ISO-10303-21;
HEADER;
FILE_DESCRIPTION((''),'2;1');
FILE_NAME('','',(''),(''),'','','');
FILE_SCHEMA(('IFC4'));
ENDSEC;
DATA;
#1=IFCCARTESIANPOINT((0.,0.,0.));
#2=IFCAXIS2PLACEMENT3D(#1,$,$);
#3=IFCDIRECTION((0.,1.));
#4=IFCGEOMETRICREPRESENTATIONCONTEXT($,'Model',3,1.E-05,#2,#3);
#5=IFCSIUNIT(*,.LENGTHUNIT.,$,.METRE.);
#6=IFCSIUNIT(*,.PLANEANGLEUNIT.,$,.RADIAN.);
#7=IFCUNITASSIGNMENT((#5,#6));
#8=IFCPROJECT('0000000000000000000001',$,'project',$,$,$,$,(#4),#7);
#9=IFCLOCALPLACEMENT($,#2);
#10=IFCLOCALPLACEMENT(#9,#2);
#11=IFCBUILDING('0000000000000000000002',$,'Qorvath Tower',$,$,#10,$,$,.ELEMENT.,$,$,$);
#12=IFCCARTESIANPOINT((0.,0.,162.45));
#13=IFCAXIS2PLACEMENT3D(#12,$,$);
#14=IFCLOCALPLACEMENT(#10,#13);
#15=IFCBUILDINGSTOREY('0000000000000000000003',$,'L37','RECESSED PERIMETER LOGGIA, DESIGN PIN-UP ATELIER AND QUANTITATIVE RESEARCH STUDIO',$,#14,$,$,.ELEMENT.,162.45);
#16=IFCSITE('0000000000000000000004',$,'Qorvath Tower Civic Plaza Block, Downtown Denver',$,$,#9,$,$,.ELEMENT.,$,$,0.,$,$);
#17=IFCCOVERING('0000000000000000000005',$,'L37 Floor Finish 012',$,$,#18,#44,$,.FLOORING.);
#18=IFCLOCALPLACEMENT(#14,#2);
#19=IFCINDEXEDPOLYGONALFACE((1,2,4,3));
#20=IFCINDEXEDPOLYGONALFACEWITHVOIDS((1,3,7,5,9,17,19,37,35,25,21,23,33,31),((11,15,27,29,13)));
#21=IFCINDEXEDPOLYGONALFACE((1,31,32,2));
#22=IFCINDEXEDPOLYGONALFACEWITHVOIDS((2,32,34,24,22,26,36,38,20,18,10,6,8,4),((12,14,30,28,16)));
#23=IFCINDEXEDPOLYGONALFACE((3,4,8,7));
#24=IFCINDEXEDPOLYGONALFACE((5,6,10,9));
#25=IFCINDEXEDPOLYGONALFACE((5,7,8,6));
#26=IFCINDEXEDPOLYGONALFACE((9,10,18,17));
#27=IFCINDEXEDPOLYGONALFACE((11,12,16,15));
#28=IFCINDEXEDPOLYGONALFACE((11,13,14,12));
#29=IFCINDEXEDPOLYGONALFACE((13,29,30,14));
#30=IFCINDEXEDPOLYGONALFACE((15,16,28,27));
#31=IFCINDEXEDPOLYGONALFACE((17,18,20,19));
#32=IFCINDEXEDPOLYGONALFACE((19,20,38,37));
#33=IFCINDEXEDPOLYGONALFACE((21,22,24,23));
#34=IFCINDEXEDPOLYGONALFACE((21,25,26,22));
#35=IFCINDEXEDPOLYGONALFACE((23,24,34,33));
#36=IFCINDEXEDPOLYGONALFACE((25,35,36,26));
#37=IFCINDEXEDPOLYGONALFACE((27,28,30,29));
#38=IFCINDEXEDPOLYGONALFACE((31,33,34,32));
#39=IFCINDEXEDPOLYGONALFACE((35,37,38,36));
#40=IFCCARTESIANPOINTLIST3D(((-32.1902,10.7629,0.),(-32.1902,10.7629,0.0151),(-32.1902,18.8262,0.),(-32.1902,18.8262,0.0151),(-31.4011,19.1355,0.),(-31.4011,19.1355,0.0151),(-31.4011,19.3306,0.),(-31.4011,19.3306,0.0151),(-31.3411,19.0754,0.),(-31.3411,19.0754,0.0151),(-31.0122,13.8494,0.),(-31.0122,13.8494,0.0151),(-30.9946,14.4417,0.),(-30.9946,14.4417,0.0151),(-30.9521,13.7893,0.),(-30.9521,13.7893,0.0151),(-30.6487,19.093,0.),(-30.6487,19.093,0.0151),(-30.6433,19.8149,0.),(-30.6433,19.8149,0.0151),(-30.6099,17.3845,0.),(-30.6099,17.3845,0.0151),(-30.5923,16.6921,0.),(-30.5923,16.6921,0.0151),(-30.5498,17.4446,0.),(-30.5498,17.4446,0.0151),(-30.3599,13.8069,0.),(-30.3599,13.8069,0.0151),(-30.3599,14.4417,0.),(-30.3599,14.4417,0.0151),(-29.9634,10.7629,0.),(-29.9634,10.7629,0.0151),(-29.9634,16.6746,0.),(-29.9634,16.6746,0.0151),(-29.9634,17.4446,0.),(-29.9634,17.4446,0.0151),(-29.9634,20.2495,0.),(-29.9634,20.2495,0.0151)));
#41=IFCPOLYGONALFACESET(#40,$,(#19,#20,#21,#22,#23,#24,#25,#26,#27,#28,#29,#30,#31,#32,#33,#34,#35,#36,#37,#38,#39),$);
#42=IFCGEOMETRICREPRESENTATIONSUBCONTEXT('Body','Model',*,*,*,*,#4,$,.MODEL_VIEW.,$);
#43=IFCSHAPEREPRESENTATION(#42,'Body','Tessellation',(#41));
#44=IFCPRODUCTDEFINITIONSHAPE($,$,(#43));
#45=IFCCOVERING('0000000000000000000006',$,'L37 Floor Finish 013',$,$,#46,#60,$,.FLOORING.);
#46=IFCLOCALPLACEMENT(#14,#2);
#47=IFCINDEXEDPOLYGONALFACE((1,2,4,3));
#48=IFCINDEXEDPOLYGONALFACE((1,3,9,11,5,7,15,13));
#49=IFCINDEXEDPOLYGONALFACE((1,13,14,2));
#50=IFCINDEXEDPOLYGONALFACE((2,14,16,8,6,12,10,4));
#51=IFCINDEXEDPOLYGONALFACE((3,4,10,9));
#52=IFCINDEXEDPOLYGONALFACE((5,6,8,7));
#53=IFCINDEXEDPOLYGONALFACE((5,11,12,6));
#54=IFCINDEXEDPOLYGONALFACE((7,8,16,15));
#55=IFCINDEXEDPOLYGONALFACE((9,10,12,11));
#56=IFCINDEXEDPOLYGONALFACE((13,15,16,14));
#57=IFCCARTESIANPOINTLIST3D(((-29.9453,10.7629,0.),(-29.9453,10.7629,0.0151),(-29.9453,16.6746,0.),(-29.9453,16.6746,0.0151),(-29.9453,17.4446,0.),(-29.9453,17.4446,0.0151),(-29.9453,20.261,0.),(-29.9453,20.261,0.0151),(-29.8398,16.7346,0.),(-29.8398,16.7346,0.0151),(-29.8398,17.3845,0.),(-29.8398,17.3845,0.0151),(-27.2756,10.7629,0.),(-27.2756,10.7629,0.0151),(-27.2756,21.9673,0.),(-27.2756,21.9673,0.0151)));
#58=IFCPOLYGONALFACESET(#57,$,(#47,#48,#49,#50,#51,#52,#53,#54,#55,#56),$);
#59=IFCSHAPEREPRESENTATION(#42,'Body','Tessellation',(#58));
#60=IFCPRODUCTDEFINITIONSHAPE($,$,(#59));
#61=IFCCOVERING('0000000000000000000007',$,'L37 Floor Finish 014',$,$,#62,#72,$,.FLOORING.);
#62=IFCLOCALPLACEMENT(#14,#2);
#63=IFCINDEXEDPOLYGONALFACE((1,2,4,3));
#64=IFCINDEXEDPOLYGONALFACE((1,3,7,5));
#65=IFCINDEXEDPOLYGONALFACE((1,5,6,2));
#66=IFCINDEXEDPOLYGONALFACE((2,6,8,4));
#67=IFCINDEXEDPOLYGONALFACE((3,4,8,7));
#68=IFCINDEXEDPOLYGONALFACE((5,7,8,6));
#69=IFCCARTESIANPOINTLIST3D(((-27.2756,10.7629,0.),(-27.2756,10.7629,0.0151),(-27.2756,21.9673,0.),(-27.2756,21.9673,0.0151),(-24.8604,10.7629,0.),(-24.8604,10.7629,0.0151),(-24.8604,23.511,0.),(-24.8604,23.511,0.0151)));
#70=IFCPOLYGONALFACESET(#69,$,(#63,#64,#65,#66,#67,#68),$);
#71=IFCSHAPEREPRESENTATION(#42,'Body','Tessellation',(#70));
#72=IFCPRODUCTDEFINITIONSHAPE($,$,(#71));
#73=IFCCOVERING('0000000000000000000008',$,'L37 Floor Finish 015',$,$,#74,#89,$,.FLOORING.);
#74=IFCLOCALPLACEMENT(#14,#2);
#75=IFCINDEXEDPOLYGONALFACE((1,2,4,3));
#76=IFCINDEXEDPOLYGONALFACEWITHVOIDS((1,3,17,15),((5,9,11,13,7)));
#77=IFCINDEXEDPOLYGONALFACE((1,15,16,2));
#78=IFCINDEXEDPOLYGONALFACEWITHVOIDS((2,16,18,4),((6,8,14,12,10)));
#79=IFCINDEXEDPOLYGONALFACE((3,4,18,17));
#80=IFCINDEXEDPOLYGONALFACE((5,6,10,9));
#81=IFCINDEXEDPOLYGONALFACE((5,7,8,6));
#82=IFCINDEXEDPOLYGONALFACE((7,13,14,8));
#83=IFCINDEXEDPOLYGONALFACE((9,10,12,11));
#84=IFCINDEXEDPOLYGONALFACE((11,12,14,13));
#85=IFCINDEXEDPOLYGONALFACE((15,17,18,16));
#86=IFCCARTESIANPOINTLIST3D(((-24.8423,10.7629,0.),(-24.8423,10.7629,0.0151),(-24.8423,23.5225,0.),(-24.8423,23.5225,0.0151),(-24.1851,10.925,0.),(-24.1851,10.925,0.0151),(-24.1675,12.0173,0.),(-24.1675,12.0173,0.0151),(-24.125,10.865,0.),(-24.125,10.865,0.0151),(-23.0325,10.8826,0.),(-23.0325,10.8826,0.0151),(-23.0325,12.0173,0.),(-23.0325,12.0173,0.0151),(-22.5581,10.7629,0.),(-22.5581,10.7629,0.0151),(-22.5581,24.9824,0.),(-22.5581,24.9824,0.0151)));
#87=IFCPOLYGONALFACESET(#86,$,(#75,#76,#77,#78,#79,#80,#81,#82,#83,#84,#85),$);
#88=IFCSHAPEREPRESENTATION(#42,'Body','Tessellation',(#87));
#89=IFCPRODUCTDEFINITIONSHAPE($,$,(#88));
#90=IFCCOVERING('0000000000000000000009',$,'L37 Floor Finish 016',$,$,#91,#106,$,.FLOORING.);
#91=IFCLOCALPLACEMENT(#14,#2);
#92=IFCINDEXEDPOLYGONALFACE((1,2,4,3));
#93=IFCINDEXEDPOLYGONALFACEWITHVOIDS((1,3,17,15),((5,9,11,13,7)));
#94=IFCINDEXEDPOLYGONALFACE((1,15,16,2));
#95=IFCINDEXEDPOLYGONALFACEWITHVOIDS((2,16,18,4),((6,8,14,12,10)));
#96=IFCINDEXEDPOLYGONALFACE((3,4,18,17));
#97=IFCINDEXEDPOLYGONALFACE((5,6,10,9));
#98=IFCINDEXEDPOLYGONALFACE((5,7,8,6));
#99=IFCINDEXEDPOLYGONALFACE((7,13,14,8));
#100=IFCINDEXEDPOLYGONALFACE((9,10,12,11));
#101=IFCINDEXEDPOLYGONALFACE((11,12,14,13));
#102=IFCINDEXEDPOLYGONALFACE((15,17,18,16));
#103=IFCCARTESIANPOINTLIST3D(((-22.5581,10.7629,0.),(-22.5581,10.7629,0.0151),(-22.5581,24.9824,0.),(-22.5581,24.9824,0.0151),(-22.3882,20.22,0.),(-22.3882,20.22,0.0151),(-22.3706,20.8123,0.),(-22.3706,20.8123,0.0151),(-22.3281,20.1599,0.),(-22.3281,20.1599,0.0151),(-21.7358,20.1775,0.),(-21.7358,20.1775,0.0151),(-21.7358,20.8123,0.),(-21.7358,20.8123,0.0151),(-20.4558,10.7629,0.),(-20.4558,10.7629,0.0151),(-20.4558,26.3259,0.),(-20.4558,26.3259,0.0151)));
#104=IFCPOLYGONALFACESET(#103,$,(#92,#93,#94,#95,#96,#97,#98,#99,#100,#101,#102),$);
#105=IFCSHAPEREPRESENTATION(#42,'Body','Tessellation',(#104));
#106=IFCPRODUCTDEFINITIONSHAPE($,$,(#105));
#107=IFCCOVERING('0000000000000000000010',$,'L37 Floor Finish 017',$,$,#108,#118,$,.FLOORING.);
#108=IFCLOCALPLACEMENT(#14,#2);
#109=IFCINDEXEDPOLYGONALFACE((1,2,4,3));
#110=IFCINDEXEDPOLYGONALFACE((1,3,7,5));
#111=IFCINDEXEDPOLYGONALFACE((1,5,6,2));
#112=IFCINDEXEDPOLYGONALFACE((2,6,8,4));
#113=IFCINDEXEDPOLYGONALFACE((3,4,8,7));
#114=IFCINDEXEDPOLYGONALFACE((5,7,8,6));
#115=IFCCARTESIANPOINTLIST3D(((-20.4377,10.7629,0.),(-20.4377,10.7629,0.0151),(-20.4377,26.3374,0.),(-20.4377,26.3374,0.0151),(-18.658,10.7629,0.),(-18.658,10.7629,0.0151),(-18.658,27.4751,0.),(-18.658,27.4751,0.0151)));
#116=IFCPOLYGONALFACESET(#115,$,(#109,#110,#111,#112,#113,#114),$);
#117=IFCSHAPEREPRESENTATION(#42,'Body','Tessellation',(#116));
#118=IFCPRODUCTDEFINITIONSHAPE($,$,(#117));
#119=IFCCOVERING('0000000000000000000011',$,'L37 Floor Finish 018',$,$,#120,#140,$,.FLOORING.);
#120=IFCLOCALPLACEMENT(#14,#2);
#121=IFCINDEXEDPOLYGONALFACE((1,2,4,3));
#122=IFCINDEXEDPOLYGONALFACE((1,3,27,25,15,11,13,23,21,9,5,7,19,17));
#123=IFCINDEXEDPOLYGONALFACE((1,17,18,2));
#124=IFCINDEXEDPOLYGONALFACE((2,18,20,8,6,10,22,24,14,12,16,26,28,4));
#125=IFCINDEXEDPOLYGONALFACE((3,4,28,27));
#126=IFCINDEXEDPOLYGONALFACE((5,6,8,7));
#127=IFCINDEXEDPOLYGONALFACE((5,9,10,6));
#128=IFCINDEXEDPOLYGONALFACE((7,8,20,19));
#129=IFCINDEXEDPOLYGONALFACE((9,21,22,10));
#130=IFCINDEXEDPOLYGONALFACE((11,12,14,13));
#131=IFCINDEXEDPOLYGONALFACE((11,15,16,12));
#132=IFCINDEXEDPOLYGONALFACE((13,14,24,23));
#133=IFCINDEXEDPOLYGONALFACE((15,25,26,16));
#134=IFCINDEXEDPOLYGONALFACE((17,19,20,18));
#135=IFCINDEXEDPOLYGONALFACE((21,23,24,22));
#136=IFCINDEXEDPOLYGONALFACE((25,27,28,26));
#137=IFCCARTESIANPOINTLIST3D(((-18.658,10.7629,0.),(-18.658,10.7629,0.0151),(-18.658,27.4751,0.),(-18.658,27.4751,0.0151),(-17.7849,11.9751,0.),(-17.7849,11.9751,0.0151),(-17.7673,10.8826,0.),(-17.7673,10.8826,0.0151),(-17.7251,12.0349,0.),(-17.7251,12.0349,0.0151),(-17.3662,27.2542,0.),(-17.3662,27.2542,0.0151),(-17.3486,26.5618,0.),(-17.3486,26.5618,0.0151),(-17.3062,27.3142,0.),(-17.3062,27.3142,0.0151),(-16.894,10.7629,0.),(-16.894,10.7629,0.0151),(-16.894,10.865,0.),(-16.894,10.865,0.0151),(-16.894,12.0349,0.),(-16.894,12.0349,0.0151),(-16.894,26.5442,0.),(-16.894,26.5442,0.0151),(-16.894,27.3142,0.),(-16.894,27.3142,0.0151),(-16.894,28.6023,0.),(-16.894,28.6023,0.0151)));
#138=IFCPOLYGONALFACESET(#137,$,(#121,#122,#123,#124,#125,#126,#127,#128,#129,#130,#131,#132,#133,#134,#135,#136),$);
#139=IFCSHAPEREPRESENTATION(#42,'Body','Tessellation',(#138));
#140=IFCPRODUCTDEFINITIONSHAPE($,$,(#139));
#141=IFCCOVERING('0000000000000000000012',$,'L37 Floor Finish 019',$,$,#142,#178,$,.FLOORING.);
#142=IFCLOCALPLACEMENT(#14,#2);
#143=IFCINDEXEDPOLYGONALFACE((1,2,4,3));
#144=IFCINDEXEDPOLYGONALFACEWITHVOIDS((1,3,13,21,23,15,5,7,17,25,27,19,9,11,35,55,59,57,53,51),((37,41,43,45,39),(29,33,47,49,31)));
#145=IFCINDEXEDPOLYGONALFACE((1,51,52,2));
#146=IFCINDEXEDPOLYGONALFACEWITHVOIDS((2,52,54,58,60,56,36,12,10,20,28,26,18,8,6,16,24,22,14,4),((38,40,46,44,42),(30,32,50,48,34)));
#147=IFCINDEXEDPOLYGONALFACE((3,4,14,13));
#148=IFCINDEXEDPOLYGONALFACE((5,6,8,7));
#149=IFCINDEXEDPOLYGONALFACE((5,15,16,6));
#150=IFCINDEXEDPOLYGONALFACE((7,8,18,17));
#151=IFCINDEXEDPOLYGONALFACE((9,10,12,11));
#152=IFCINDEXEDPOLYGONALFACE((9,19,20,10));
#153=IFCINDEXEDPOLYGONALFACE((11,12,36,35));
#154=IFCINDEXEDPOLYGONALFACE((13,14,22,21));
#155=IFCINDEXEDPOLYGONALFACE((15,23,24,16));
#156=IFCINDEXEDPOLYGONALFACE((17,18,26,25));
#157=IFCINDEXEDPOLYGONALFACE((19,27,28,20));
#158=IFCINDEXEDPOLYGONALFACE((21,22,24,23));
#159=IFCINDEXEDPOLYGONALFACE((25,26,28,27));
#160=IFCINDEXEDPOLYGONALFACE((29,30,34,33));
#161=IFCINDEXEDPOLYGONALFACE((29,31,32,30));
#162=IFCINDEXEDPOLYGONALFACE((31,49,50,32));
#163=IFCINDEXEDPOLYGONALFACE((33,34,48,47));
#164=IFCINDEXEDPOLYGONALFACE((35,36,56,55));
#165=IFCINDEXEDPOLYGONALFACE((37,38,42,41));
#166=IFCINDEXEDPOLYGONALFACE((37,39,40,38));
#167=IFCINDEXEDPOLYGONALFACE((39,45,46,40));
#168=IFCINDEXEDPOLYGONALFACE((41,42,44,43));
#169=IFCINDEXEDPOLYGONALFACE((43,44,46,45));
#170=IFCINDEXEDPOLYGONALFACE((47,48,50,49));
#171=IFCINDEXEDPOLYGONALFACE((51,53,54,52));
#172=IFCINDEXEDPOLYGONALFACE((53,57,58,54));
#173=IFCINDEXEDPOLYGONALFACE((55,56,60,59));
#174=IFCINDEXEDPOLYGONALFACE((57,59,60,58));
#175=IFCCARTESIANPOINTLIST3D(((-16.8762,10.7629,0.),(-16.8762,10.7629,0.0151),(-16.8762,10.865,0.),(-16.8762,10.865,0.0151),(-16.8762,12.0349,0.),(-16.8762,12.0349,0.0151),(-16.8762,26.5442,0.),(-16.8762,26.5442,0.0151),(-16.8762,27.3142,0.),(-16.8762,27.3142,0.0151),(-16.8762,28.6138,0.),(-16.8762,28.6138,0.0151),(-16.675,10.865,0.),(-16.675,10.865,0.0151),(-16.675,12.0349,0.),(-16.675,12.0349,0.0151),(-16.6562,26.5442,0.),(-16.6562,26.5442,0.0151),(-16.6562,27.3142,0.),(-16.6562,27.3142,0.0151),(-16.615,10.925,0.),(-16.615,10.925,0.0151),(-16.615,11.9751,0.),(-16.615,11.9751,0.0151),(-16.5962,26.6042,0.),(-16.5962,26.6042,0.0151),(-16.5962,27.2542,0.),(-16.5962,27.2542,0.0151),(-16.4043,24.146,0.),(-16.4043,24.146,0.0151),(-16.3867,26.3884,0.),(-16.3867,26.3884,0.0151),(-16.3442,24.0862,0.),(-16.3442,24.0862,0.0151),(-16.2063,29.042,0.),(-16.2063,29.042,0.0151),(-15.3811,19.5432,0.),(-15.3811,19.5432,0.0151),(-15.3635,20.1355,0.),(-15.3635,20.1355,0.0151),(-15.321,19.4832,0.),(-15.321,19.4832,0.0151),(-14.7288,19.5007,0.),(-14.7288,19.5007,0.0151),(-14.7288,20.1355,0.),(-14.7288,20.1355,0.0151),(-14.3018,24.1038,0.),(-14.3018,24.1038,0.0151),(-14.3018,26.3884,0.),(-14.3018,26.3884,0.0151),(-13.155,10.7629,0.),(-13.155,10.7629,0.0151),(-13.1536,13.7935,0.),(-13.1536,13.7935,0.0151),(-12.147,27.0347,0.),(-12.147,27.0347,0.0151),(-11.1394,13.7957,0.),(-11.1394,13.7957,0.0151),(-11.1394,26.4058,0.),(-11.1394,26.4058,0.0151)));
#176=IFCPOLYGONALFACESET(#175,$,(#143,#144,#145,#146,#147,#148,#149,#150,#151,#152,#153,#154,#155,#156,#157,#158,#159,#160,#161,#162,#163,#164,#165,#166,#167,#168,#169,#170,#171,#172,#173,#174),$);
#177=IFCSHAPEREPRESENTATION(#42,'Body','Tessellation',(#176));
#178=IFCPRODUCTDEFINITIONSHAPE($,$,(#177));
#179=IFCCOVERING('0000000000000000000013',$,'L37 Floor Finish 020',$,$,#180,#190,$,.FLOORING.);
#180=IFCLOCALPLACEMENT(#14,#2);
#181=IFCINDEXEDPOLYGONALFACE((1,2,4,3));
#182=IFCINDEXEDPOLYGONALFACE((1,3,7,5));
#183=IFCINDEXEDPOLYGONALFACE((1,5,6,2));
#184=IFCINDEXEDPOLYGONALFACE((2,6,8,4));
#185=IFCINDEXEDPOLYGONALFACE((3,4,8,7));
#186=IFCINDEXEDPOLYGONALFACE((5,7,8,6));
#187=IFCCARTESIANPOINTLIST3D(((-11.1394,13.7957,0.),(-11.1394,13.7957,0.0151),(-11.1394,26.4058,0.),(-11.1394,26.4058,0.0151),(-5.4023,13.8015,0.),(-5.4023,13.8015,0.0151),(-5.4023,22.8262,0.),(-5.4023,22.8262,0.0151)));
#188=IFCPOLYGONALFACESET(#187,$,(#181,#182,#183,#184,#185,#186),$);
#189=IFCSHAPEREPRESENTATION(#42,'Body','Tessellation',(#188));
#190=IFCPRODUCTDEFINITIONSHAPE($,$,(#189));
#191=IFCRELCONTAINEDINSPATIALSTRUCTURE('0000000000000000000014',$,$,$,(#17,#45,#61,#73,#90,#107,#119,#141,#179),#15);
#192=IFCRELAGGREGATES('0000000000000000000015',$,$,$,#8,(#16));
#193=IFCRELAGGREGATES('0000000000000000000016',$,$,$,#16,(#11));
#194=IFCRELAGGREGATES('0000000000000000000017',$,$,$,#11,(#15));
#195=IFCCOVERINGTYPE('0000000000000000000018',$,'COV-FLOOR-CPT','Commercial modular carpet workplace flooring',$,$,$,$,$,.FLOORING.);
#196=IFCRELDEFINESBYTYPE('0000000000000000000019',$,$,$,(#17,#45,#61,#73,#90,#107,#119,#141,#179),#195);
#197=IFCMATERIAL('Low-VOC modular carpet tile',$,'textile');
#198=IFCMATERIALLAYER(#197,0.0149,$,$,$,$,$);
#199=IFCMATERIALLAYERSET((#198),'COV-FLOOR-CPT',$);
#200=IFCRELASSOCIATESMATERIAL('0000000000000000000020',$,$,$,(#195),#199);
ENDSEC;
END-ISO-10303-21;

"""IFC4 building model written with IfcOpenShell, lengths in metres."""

from ifc_helpers import new_model, si_unit, direction, frame, origin, place, context, subcontext, project, spatial, polyline, outline, extrude, material, layer, layer_set, type_object, element, save


model = new_model("IFC4")

# Units and contexts
model_context = context("Model", 3, precision=1e-05, world=origin(), true_north=direction((0.0, 1.0)))
body_context = subcontext(model_context, "Body", "Model", "MODEL_VIEW")
ifc_project = project(units=[si_unit("LENGTHUNIT", "METRE"), si_unit("PLANEANGLEUNIT", "RADIAN")], contexts=[model_context])

# Site, building, storey
site_placement = place(None, origin())
site = spatial("IfcSite", under=ifc_project, at=site_placement, Name="Qorvath Tower Civic Plaza Block, Downtown Denver", CompositionType="ELEMENT", RefElevation=0.0)
building_placement = place(site_placement, origin())
building = spatial("IfcBuilding", under=site, at=building_placement, Name="Qorvath Tower", CompositionType="ELEMENT")
storey_placement = place(building_placement, frame((0.0, 0.0, 162.45)))
storey = spatial("IfcBuildingStorey", under=building, at=storey_placement, Name="L37", Description="RECESSED PERIMETER LOGGIA, DESIGN PIN-UP ATELIER AND QUANTITATIVE RESEARCH STUDIO", CompositionType="ELEMENT", Elevation=162.45)

# Coverings
ifc_material_1 = material(Name="Low-VOC modular carpet tile", Category="textile")
ifc_layer_1 = layer(ifc_material_1, 0.0149)
ifc_layer_set_1 = layer_set([ifc_layer_1], Name="COV-FLOOR-CPT")
covering_type_1 = type_object("IfcCoveringType", Name="COV-FLOOR-CPT", Description="Commercial modular carpet workplace flooring", PredefinedType="FLOORING", material=ifc_layer_set_1)
covering_1_placement = place(storey_placement, origin())
element("IfcCovering", 1, at=covering_1_placement, inside=storey, type_object=covering_type_1, Name="L37 Floor Finish 012", PredefinedType="FLOORING", context=body_context, shape_type="SweptSolid", body=[
    extrude(outline(polyline([(-29.9634, 17.4446), (-29.9634, 20.2495), (-30.6433, 19.8149), (-30.6487, 19.093), (-31.3411, 19.0754), (-31.4011, 19.1355), (-31.4011, 19.3306), (-32.1902, 18.8262), (-32.1902, 10.7629), (-29.9634, 10.7629), (-29.9634, 16.6746), (-30.5923, 16.6921), (-30.6099, 17.3845), (-30.5498, 17.4446), (-29.9634, 17.4446)]), holes=[polyline([(-31.0122, 13.8494), (-30.9946, 14.4417), (-30.3599, 14.4417), (-30.3599, 13.8069), (-30.9521, 13.7893), (-31.0122, 13.8494)])]), origin(), (0.0, 0.0, 1.0), 0.0151),
])
covering_2_placement = place(storey_placement, origin())
element("IfcCovering", 2, at=covering_2_placement, inside=storey, type_object=covering_type_1, Name="L37 Floor Finish 013", PredefinedType="FLOORING", context=body_context, shape_type="SweptSolid", body=[
    extrude(outline(polyline([(-29.9453, 16.6746), (-29.9453, 10.7629), (-27.2756, 10.7629), (-27.2756, 21.9673), (-29.9453, 20.261), (-29.9453, 17.4446), (-29.8398, 17.3845), (-29.8398, 16.7346), (-29.9453, 16.6746)])), origin(), (0.0, 0.0, 1.0), 0.0151),
])
covering_3_placement = place(storey_placement, origin())
element("IfcCovering", 3, at=covering_3_placement, inside=storey, type_object=covering_type_1, Name="L37 Floor Finish 014", PredefinedType="FLOORING", context=body_context, shape_type="SweptSolid", body=[
    extrude(outline(polyline([(-27.2756, 21.9673), (-27.2756, 10.7629), (-24.8604, 10.7629), (-24.8604, 23.511), (-27.2756, 21.9673)])), origin(), (0.0, 0.0, 1.0), 0.0151),
])
covering_4_placement = place(storey_placement, origin())
element("IfcCovering", 4, at=covering_4_placement, inside=storey, type_object=covering_type_1, Name="L37 Floor Finish 015", PredefinedType="FLOORING", context=body_context, shape_type="SweptSolid", body=[
    extrude(outline(polyline([(-24.8423, 23.5225), (-24.8423, 10.7629), (-22.5581, 10.7629), (-22.5581, 24.9824), (-24.8423, 23.5225)]), holes=[polyline([(-24.1851, 10.925), (-24.1675, 12.0173), (-23.0325, 12.0173), (-23.0325, 10.8826), (-24.125, 10.865), (-24.1851, 10.925)])]), origin(), (0.0, 0.0, 1.0), 0.0151),
])
covering_5_placement = place(storey_placement, origin())
element("IfcCovering", 5, at=covering_5_placement, inside=storey, type_object=covering_type_1, Name="L37 Floor Finish 016", PredefinedType="FLOORING", context=body_context, shape_type="SweptSolid", body=[
    extrude(outline(polyline([(-22.5581, 24.9824), (-22.5581, 10.7629), (-20.4558, 10.7629), (-20.4558, 26.3259), (-22.5581, 24.9824)]), holes=[polyline([(-22.3882, 20.22), (-22.3706, 20.8123), (-21.7358, 20.8123), (-21.7358, 20.1775), (-22.3281, 20.1599), (-22.3882, 20.22)])]), origin(), (0.0, 0.0, 1.0), 0.0151),
])
covering_6_placement = place(storey_placement, origin())
element("IfcCovering", 6, at=covering_6_placement, inside=storey, type_object=covering_type_1, Name="L37 Floor Finish 017", PredefinedType="FLOORING", context=body_context, shape_type="SweptSolid", body=[
    extrude(outline(polyline([(-18.658, 10.7629), (-18.658, 27.4751), (-20.4377, 26.3374), (-20.4377, 10.7629), (-18.658, 10.7629)])), origin(), (0.0, 0.0, 1.0), 0.0151),
])
covering_7_placement = place(storey_placement, origin())
element("IfcCovering", 7, at=covering_7_placement, inside=storey, type_object=covering_type_1, Name="L37 Floor Finish 018", PredefinedType="FLOORING", context=body_context, shape_type="SweptSolid", body=[
    extrude(outline(polyline([(-17.7251, 12.0349), (-16.894, 12.0349), (-16.894, 26.5442), (-17.3486, 26.5618), (-17.3662, 27.2542), (-17.3062, 27.3142), (-16.894, 27.3142), (-16.894, 28.6023), (-18.658, 27.4751), (-18.658, 10.7629), (-16.894, 10.7629), (-16.894, 10.865), (-17.7673, 10.8826), (-17.7849, 11.9751), (-17.7251, 12.0349)])), origin(), (0.0, 0.0, 1.0), 0.0151),
])
covering_8_placement = place(storey_placement, origin())
element("IfcCovering", 8, at=covering_8_placement, inside=storey, type_object=covering_type_1, Name="L37 Floor Finish 019", PredefinedType="FLOORING", context=body_context, shape_type="SweptSolid", body=[
    extrude(outline(polyline([(-13.1536, 13.7935), (-11.1394, 13.7957), (-11.1394, 26.4058), (-12.147, 27.0347), (-16.2063, 29.042), (-16.8762, 28.6138), (-16.8762, 27.3142), (-16.6562, 27.3142), (-16.5962, 27.2542), (-16.5962, 26.6042), (-16.6562, 26.5442), (-16.8762, 26.5442), (-16.8762, 12.0349), (-16.675, 12.0349), (-16.615, 11.9751), (-16.615, 10.925), (-16.675, 10.865), (-16.8762, 10.865), (-16.8762, 10.7629), (-13.155, 10.7629), (-13.1536, 13.7935)]), holes=[polyline([(-16.4043, 24.146), (-16.3867, 26.3884), (-14.3018, 26.3884), (-14.3018, 24.1038), (-16.3442, 24.0862), (-16.4043, 24.146)]), polyline([(-15.3811, 19.5432), (-15.3635, 20.1355), (-14.7288, 20.1355), (-14.7288, 19.5007), (-15.321, 19.4832), (-15.3811, 19.5432)])]), origin(), (0.0, 0.0, 1.0), 0.0151),
])
covering_9_placement = place(storey_placement, origin())
element("IfcCovering", 9, at=covering_9_placement, inside=storey, type_object=covering_type_1, Name="L37 Floor Finish 020", PredefinedType="FLOORING", context=body_context, shape_type="SweptSolid", body=[
    extrude(outline(polyline([(-11.1394, 26.4058), (-11.1394, 13.7957), (-5.4023, 13.8015), (-5.4023, 22.8262), (-11.1394, 26.4058)])), origin(), (0.0, 0.0, 1.0), 0.0151),
])

save(model, "model.ifc")
